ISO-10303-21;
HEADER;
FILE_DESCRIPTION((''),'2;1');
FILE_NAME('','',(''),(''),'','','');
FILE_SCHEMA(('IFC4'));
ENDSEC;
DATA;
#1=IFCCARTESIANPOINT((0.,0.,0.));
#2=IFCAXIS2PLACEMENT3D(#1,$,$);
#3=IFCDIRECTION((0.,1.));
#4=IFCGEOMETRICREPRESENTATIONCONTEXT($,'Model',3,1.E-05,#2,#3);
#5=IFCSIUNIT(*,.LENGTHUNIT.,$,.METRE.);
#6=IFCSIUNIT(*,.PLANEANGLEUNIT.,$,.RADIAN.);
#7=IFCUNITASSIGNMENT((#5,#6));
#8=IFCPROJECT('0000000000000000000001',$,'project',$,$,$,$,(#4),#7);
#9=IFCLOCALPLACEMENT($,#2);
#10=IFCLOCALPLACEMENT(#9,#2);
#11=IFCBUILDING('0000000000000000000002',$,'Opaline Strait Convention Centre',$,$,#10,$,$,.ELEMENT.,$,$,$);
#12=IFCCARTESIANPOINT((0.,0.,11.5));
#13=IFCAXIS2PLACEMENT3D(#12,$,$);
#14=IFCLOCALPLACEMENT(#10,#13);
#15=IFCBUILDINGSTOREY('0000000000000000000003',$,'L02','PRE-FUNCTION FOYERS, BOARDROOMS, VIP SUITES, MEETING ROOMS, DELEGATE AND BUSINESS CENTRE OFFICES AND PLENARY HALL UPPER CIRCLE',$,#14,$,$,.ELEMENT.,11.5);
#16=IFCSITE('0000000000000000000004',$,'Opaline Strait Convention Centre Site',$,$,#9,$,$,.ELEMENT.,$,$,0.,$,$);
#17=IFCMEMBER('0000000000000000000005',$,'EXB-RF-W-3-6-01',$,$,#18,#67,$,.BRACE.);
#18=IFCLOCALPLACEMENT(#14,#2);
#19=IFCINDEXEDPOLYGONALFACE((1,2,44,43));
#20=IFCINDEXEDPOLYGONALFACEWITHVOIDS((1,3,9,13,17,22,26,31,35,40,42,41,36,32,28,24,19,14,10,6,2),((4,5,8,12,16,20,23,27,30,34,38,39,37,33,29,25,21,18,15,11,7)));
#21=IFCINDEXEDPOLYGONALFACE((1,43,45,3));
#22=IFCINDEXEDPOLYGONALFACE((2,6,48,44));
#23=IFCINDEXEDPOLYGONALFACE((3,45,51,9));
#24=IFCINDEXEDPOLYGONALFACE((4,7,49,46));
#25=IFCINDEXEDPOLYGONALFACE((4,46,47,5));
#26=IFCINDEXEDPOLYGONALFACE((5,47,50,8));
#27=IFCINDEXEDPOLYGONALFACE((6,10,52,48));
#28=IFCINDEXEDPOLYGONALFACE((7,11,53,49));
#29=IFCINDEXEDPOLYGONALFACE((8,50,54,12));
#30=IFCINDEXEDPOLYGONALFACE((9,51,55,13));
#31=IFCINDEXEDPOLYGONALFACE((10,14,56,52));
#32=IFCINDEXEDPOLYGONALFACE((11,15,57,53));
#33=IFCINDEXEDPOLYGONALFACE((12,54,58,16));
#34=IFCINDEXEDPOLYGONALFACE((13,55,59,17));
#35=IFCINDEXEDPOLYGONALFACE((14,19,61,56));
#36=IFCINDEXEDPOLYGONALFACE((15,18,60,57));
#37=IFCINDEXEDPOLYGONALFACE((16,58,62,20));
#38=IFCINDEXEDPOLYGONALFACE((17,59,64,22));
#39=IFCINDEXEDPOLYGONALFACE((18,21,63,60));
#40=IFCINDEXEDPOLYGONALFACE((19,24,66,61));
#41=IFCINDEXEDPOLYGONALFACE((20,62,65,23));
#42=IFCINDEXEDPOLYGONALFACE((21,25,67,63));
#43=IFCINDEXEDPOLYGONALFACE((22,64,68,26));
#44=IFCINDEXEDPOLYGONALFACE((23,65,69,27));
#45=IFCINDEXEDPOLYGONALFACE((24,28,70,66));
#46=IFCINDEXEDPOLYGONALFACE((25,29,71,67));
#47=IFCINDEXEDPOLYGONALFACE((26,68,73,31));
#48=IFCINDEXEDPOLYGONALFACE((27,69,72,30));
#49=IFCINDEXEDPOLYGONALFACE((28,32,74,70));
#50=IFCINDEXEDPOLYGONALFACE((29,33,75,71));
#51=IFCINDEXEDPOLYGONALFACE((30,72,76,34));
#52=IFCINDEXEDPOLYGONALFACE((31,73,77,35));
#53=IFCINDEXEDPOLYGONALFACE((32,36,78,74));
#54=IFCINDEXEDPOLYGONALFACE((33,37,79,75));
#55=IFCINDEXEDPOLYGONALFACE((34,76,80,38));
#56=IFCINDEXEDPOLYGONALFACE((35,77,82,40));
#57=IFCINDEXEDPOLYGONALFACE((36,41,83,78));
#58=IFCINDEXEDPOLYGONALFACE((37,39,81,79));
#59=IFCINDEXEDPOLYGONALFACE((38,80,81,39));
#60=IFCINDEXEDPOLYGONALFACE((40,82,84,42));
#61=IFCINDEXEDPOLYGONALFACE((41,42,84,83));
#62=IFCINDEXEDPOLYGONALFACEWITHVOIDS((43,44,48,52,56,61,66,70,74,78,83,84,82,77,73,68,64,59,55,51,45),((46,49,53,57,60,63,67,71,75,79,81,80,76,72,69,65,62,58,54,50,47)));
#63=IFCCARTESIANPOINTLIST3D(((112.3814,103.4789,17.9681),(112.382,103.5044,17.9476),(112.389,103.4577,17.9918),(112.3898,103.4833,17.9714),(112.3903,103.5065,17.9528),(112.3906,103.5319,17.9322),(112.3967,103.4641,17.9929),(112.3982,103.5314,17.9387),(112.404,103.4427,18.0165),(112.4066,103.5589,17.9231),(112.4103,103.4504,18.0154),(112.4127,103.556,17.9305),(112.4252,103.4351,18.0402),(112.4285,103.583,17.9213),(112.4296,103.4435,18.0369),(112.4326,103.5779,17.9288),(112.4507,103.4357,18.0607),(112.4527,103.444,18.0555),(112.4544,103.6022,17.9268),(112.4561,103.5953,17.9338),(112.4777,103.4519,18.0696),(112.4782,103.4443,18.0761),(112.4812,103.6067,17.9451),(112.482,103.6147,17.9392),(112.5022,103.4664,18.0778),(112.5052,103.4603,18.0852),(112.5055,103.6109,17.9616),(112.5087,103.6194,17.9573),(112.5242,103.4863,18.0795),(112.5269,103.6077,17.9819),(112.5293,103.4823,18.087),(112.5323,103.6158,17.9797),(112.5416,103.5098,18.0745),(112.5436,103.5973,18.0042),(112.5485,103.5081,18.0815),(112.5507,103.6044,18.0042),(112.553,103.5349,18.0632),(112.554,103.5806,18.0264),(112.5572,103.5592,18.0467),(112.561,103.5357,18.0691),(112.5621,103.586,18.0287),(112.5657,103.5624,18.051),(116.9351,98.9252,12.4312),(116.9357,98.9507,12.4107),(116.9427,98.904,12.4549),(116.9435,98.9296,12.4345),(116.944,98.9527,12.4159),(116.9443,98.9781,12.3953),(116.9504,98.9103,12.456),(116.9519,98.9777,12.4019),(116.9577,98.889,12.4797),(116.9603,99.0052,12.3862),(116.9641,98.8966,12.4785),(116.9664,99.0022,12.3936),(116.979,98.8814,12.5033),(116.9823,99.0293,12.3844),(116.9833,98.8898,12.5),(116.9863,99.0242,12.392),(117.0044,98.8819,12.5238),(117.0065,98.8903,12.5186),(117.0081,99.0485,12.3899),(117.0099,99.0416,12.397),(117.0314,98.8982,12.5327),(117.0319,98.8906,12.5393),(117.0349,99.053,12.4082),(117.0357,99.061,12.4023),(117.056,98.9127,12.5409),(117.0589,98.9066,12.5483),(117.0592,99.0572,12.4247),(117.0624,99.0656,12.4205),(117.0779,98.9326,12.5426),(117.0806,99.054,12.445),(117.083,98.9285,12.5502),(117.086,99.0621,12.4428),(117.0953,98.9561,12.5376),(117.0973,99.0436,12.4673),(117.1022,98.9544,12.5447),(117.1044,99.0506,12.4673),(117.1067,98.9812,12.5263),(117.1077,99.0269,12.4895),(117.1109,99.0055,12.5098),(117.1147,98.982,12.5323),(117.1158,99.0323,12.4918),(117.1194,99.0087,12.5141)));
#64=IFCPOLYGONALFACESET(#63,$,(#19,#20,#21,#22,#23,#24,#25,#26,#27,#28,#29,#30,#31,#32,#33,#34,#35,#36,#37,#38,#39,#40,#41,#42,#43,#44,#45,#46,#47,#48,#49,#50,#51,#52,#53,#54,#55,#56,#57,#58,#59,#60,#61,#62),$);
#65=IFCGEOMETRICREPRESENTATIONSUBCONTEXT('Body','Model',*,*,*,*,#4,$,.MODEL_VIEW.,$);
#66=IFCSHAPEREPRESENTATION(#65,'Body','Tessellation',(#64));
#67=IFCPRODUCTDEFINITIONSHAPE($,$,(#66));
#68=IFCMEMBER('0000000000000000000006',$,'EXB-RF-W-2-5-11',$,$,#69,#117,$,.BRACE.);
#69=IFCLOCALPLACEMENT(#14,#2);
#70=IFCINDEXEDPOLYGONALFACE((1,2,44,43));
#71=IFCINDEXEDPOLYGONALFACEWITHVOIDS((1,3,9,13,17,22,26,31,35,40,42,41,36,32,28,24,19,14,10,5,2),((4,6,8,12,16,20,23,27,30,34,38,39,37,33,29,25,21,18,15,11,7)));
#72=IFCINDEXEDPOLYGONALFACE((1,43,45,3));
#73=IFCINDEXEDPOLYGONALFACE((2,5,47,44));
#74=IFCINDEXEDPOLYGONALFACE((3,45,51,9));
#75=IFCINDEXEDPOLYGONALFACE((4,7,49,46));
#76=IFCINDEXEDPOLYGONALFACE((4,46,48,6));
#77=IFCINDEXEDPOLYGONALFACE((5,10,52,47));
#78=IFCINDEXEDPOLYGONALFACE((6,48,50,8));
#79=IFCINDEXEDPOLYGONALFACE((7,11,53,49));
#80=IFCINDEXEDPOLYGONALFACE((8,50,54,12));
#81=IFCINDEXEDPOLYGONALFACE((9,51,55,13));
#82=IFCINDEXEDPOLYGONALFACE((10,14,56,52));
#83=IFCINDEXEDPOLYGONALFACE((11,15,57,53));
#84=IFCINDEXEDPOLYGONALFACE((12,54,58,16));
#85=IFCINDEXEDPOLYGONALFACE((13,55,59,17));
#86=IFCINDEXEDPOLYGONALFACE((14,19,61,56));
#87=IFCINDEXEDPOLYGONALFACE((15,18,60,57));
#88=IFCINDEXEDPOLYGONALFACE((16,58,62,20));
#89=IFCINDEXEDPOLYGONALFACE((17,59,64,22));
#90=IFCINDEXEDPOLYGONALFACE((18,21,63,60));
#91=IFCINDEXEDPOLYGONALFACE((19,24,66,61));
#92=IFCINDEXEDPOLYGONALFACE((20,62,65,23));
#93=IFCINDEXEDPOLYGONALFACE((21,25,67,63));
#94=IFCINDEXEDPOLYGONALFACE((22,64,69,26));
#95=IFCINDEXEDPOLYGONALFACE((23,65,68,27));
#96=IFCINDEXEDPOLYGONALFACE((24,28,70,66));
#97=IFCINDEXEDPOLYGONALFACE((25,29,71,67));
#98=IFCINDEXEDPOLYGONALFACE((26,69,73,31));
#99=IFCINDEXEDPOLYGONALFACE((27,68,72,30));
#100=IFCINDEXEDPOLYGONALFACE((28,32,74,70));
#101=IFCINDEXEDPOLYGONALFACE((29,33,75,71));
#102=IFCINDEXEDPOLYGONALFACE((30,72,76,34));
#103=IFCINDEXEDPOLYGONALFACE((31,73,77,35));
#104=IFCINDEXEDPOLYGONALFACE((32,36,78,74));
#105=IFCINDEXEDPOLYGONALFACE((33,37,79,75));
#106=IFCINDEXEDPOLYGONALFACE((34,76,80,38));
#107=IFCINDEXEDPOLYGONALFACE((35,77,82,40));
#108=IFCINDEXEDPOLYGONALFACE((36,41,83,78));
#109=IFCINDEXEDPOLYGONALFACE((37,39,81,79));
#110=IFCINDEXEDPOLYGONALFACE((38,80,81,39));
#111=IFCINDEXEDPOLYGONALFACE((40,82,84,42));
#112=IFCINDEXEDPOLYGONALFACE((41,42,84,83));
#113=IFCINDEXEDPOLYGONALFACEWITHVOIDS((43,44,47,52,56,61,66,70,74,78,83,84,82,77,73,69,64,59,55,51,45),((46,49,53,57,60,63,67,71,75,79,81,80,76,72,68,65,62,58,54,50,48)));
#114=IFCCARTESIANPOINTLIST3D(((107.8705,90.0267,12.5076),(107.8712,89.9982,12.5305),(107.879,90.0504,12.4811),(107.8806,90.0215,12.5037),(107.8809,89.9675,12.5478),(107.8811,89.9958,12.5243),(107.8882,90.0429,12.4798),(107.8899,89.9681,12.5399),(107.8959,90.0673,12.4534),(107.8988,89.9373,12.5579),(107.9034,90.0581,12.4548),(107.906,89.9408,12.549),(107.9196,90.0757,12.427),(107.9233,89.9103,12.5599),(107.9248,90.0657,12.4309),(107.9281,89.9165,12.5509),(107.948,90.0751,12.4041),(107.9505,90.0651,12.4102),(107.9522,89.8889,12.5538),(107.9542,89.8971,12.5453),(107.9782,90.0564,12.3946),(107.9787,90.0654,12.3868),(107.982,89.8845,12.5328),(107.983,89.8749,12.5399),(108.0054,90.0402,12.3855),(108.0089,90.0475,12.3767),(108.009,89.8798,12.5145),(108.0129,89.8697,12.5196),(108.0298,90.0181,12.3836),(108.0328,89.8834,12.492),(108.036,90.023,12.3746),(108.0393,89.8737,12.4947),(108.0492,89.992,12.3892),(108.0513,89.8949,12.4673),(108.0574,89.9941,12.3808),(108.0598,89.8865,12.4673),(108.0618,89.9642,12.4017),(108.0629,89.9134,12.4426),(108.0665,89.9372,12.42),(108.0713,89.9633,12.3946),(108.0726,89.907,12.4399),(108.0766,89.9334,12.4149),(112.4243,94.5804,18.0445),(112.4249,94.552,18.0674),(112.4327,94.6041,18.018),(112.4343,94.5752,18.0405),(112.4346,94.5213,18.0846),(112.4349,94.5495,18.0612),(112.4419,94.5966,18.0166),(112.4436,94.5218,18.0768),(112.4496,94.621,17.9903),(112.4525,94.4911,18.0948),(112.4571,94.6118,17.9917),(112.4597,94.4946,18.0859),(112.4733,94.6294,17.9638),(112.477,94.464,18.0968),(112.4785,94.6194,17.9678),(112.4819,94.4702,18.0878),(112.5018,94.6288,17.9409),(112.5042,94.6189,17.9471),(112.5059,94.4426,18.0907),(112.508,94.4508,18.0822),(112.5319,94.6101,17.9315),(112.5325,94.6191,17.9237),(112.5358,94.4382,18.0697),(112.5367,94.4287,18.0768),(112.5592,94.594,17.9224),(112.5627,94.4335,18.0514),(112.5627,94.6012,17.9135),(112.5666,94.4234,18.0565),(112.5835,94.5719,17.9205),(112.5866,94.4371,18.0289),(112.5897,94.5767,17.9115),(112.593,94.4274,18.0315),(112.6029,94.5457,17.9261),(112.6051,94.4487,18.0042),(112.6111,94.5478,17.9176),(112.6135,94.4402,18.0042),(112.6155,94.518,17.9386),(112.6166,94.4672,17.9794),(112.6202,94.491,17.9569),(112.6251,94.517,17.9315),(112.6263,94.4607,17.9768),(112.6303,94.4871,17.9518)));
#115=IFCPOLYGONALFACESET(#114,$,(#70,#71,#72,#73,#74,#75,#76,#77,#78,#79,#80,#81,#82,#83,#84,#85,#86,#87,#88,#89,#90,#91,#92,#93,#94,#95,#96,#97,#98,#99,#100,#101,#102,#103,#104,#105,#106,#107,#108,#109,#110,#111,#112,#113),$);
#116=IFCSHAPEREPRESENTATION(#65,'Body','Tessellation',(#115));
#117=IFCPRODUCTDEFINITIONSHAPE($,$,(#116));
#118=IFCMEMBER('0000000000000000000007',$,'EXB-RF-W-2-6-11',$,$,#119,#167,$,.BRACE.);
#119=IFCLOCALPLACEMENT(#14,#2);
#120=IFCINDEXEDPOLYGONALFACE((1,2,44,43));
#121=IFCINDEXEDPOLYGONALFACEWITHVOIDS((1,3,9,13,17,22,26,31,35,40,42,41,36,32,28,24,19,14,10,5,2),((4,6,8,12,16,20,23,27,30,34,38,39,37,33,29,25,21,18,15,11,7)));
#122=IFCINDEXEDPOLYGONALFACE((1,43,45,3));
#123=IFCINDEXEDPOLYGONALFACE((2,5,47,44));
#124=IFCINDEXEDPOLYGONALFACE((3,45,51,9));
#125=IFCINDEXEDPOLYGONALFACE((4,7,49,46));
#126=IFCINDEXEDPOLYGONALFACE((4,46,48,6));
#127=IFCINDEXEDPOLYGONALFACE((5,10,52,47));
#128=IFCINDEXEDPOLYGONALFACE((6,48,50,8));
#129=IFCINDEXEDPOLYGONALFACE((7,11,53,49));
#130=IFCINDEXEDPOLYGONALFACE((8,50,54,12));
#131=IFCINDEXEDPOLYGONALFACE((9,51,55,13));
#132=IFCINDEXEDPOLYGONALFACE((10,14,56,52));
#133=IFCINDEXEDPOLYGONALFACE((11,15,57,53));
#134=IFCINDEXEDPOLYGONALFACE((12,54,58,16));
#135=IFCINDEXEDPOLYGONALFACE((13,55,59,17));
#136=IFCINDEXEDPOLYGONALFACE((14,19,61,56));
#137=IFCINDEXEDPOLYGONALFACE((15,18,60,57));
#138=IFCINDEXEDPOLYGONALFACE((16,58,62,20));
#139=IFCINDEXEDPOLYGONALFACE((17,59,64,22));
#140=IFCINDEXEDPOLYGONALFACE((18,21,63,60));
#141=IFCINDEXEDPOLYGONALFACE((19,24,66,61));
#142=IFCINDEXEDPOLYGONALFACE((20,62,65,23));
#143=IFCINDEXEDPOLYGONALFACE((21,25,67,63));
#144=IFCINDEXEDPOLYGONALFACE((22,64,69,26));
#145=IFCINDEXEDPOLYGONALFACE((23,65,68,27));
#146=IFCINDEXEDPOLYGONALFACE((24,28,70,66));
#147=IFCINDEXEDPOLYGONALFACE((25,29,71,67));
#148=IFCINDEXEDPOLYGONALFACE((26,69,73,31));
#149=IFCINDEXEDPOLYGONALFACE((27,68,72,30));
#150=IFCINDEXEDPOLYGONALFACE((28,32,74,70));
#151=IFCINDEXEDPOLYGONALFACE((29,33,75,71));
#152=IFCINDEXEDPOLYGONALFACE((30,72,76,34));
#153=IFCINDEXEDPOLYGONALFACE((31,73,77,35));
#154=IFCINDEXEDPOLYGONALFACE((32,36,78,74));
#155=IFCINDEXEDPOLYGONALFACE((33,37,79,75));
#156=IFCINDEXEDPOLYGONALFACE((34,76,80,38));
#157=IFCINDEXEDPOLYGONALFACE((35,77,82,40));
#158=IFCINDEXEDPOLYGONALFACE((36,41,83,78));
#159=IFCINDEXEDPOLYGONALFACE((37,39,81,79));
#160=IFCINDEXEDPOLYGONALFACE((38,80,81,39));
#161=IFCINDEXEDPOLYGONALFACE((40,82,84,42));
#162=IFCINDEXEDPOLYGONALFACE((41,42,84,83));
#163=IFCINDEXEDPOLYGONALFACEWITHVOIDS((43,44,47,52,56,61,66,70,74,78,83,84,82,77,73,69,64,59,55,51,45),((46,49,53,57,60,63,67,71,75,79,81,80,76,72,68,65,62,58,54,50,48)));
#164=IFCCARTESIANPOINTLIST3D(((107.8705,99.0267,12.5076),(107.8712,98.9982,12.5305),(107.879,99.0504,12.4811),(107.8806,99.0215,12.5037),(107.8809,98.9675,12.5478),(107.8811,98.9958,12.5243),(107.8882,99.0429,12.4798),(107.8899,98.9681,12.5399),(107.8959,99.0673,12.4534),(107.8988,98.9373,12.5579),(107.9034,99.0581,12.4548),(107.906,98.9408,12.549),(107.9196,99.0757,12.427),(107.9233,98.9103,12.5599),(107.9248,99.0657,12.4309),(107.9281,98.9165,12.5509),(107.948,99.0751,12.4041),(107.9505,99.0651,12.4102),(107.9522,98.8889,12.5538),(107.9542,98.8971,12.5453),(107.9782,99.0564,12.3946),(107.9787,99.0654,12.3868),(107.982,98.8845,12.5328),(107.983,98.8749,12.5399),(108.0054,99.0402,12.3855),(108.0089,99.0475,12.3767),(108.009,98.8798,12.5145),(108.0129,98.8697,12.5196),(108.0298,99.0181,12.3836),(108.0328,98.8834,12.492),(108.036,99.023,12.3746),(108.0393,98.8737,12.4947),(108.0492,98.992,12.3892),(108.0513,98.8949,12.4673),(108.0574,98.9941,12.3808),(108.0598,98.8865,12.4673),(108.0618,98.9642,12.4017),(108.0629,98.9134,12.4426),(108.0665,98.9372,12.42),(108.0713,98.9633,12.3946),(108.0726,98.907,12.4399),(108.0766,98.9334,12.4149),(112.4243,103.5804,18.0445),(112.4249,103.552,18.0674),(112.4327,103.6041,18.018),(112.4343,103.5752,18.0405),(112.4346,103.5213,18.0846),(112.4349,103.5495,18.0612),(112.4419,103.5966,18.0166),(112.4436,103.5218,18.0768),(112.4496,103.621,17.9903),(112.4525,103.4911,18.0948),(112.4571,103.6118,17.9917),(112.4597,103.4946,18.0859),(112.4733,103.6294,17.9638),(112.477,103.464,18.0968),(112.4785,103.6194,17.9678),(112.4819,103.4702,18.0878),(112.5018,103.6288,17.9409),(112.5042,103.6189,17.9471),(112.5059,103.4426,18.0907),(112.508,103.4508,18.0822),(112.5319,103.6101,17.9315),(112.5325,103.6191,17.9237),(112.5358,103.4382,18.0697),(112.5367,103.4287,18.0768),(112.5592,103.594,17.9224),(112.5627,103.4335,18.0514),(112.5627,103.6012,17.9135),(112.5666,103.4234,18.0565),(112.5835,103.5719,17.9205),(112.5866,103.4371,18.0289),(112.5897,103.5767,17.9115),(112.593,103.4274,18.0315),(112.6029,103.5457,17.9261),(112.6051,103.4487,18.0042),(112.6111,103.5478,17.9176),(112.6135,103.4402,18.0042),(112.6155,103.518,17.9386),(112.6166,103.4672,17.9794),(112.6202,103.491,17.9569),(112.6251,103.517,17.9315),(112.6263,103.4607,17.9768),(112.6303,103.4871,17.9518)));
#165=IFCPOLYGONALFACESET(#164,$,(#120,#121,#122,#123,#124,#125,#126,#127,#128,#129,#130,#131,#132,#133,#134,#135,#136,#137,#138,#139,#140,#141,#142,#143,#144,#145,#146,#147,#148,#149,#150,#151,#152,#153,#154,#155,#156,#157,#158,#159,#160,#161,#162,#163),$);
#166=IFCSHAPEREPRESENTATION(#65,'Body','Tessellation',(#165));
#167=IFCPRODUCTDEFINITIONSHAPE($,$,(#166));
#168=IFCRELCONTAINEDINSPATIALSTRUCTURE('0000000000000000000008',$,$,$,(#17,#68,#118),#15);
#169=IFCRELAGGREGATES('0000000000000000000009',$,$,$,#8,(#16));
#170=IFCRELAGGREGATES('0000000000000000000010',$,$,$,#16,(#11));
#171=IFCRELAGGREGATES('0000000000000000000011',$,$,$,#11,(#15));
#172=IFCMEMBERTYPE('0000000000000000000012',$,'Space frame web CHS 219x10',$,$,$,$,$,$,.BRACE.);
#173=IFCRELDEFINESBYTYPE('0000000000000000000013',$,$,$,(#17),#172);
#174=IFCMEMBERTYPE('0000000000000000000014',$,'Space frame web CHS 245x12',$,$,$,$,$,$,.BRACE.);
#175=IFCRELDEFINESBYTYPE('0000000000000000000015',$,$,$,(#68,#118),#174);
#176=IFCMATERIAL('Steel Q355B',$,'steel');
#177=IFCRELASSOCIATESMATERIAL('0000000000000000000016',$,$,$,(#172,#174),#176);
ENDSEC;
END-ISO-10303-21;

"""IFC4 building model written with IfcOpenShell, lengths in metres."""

from ifc_helpers import new_model, si_unit, direction, frame, origin, origin_2d, place, context, subcontext, project, spatial, hollow_circle, extrude, material, material_profile, profile_set, type_object, element, save


model = new_model("IFC4")

# Units and contexts
model_context = context("Model", 3, precision=1e-05, world=origin(), true_north=direction((0.0, 1.0)))
body_context = subcontext(model_context, "Body", "Model", "MODEL_VIEW")
ifc_project = project(units=[si_unit("LENGTHUNIT", "METRE"), si_unit("PLANEANGLEUNIT", "RADIAN")], contexts=[model_context])

# Site, building, storey
site_placement = place(None, origin())
site = spatial("IfcSite", under=ifc_project, at=site_placement, Name="Opaline Strait Convention Centre Site", CompositionType="ELEMENT", RefElevation=0.0)
building_placement = place(site_placement, origin())
building = spatial("IfcBuilding", under=site, at=building_placement, Name="Opaline Strait Convention Centre", CompositionType="ELEMENT")
storey_placement = place(building_placement, frame((0.0, 0.0, 11.5)))
storey = spatial("IfcBuildingStorey", under=building, at=storey_placement, Name="L02", Description="PRE-FUNCTION FOYERS, BOARDROOMS, VIP SUITES, MEETING ROOMS, DELEGATE AND BUSINESS CENTRE OFFICES AND PLENARY HALL UPPER CIRCLE", CompositionType="ELEMENT", Elevation=11.5)

# Members
ifc_material = material(Name="Steel Q355B", Category="steel")
ifc_material_profile_1 = material_profile(ifc_material, hollow_circle(Radius=0.1096, WallThickness=0.01, at=origin_2d()), Name="CHS 219x10")
ifc_profile_set_1 = profile_set([ifc_material_profile_1], Name="Steel Q355B")
member_type_1 = type_object("IfcMemberType", Name="Space frame web CHS 219x10", PredefinedType="BRACE", material=ifc_profile_set_1)
member_1_placement = place(storey_placement, frame((112.4731, 103.5269, 18.0042), z_axis=(0.536178, -0.536178, -0.65194), x_axis=(0.707107, 0.707107, 0.0)))
element("IfcMember", 1, at=member_1_placement, inside=storey, type_object=member_type_1, Name="EXB-RF-W-3-6-01", PredefinedType="BRACE", context=body_context, shape_type="SweptSolid", body=[
    extrude(hollow_circle(Radius=0.1096, WallThickness=0.01, at=origin_2d()), origin(), (0.0, 0.0, 1.0), 8.4929),
])
ifc_material_profile_2 = material_profile(ifc_material, hollow_circle(Radius=0.1226, WallThickness=0.012, at=origin_2d()), Name="CHS 245x12")
ifc_profile_set_2 = profile_set([ifc_material_profile_2], Name="Steel Q355B")
member_type_2 = type_object("IfcMemberType", Name="Space frame web CHS 245x12", PredefinedType="BRACE", material=ifc_profile_set_2)
for number, where, z_axis, x_axis, name in (
    (2, (112.5269, 94.5269, 18.0042), (-0.536178, -0.536178, -0.65194), (0.707107, -0.707107, 0.0), "EXB-RF-W-2-5-11"),
    (3, (112.5269, 103.5269, 18.0042), (-0.536178, -0.536178, -0.65194), (0.707107, -0.707107, 0.0), "EXB-RF-W-2-6-11"),
):
    element("IfcMember", number, at=place(storey_placement, frame(where, z_axis=z_axis, x_axis=x_axis)), inside=storey, type_object=member_type_2, Name=name, PredefinedType="BRACE", context=body_context, shape_type="SweptSolid", body=[
        extrude(hollow_circle(Radius=0.1226, WallThickness=0.012, at=origin_2d()), origin(), (0.0, 0.0, 1.0), 8.4929),
    ])

save(model, "model.ifc")
